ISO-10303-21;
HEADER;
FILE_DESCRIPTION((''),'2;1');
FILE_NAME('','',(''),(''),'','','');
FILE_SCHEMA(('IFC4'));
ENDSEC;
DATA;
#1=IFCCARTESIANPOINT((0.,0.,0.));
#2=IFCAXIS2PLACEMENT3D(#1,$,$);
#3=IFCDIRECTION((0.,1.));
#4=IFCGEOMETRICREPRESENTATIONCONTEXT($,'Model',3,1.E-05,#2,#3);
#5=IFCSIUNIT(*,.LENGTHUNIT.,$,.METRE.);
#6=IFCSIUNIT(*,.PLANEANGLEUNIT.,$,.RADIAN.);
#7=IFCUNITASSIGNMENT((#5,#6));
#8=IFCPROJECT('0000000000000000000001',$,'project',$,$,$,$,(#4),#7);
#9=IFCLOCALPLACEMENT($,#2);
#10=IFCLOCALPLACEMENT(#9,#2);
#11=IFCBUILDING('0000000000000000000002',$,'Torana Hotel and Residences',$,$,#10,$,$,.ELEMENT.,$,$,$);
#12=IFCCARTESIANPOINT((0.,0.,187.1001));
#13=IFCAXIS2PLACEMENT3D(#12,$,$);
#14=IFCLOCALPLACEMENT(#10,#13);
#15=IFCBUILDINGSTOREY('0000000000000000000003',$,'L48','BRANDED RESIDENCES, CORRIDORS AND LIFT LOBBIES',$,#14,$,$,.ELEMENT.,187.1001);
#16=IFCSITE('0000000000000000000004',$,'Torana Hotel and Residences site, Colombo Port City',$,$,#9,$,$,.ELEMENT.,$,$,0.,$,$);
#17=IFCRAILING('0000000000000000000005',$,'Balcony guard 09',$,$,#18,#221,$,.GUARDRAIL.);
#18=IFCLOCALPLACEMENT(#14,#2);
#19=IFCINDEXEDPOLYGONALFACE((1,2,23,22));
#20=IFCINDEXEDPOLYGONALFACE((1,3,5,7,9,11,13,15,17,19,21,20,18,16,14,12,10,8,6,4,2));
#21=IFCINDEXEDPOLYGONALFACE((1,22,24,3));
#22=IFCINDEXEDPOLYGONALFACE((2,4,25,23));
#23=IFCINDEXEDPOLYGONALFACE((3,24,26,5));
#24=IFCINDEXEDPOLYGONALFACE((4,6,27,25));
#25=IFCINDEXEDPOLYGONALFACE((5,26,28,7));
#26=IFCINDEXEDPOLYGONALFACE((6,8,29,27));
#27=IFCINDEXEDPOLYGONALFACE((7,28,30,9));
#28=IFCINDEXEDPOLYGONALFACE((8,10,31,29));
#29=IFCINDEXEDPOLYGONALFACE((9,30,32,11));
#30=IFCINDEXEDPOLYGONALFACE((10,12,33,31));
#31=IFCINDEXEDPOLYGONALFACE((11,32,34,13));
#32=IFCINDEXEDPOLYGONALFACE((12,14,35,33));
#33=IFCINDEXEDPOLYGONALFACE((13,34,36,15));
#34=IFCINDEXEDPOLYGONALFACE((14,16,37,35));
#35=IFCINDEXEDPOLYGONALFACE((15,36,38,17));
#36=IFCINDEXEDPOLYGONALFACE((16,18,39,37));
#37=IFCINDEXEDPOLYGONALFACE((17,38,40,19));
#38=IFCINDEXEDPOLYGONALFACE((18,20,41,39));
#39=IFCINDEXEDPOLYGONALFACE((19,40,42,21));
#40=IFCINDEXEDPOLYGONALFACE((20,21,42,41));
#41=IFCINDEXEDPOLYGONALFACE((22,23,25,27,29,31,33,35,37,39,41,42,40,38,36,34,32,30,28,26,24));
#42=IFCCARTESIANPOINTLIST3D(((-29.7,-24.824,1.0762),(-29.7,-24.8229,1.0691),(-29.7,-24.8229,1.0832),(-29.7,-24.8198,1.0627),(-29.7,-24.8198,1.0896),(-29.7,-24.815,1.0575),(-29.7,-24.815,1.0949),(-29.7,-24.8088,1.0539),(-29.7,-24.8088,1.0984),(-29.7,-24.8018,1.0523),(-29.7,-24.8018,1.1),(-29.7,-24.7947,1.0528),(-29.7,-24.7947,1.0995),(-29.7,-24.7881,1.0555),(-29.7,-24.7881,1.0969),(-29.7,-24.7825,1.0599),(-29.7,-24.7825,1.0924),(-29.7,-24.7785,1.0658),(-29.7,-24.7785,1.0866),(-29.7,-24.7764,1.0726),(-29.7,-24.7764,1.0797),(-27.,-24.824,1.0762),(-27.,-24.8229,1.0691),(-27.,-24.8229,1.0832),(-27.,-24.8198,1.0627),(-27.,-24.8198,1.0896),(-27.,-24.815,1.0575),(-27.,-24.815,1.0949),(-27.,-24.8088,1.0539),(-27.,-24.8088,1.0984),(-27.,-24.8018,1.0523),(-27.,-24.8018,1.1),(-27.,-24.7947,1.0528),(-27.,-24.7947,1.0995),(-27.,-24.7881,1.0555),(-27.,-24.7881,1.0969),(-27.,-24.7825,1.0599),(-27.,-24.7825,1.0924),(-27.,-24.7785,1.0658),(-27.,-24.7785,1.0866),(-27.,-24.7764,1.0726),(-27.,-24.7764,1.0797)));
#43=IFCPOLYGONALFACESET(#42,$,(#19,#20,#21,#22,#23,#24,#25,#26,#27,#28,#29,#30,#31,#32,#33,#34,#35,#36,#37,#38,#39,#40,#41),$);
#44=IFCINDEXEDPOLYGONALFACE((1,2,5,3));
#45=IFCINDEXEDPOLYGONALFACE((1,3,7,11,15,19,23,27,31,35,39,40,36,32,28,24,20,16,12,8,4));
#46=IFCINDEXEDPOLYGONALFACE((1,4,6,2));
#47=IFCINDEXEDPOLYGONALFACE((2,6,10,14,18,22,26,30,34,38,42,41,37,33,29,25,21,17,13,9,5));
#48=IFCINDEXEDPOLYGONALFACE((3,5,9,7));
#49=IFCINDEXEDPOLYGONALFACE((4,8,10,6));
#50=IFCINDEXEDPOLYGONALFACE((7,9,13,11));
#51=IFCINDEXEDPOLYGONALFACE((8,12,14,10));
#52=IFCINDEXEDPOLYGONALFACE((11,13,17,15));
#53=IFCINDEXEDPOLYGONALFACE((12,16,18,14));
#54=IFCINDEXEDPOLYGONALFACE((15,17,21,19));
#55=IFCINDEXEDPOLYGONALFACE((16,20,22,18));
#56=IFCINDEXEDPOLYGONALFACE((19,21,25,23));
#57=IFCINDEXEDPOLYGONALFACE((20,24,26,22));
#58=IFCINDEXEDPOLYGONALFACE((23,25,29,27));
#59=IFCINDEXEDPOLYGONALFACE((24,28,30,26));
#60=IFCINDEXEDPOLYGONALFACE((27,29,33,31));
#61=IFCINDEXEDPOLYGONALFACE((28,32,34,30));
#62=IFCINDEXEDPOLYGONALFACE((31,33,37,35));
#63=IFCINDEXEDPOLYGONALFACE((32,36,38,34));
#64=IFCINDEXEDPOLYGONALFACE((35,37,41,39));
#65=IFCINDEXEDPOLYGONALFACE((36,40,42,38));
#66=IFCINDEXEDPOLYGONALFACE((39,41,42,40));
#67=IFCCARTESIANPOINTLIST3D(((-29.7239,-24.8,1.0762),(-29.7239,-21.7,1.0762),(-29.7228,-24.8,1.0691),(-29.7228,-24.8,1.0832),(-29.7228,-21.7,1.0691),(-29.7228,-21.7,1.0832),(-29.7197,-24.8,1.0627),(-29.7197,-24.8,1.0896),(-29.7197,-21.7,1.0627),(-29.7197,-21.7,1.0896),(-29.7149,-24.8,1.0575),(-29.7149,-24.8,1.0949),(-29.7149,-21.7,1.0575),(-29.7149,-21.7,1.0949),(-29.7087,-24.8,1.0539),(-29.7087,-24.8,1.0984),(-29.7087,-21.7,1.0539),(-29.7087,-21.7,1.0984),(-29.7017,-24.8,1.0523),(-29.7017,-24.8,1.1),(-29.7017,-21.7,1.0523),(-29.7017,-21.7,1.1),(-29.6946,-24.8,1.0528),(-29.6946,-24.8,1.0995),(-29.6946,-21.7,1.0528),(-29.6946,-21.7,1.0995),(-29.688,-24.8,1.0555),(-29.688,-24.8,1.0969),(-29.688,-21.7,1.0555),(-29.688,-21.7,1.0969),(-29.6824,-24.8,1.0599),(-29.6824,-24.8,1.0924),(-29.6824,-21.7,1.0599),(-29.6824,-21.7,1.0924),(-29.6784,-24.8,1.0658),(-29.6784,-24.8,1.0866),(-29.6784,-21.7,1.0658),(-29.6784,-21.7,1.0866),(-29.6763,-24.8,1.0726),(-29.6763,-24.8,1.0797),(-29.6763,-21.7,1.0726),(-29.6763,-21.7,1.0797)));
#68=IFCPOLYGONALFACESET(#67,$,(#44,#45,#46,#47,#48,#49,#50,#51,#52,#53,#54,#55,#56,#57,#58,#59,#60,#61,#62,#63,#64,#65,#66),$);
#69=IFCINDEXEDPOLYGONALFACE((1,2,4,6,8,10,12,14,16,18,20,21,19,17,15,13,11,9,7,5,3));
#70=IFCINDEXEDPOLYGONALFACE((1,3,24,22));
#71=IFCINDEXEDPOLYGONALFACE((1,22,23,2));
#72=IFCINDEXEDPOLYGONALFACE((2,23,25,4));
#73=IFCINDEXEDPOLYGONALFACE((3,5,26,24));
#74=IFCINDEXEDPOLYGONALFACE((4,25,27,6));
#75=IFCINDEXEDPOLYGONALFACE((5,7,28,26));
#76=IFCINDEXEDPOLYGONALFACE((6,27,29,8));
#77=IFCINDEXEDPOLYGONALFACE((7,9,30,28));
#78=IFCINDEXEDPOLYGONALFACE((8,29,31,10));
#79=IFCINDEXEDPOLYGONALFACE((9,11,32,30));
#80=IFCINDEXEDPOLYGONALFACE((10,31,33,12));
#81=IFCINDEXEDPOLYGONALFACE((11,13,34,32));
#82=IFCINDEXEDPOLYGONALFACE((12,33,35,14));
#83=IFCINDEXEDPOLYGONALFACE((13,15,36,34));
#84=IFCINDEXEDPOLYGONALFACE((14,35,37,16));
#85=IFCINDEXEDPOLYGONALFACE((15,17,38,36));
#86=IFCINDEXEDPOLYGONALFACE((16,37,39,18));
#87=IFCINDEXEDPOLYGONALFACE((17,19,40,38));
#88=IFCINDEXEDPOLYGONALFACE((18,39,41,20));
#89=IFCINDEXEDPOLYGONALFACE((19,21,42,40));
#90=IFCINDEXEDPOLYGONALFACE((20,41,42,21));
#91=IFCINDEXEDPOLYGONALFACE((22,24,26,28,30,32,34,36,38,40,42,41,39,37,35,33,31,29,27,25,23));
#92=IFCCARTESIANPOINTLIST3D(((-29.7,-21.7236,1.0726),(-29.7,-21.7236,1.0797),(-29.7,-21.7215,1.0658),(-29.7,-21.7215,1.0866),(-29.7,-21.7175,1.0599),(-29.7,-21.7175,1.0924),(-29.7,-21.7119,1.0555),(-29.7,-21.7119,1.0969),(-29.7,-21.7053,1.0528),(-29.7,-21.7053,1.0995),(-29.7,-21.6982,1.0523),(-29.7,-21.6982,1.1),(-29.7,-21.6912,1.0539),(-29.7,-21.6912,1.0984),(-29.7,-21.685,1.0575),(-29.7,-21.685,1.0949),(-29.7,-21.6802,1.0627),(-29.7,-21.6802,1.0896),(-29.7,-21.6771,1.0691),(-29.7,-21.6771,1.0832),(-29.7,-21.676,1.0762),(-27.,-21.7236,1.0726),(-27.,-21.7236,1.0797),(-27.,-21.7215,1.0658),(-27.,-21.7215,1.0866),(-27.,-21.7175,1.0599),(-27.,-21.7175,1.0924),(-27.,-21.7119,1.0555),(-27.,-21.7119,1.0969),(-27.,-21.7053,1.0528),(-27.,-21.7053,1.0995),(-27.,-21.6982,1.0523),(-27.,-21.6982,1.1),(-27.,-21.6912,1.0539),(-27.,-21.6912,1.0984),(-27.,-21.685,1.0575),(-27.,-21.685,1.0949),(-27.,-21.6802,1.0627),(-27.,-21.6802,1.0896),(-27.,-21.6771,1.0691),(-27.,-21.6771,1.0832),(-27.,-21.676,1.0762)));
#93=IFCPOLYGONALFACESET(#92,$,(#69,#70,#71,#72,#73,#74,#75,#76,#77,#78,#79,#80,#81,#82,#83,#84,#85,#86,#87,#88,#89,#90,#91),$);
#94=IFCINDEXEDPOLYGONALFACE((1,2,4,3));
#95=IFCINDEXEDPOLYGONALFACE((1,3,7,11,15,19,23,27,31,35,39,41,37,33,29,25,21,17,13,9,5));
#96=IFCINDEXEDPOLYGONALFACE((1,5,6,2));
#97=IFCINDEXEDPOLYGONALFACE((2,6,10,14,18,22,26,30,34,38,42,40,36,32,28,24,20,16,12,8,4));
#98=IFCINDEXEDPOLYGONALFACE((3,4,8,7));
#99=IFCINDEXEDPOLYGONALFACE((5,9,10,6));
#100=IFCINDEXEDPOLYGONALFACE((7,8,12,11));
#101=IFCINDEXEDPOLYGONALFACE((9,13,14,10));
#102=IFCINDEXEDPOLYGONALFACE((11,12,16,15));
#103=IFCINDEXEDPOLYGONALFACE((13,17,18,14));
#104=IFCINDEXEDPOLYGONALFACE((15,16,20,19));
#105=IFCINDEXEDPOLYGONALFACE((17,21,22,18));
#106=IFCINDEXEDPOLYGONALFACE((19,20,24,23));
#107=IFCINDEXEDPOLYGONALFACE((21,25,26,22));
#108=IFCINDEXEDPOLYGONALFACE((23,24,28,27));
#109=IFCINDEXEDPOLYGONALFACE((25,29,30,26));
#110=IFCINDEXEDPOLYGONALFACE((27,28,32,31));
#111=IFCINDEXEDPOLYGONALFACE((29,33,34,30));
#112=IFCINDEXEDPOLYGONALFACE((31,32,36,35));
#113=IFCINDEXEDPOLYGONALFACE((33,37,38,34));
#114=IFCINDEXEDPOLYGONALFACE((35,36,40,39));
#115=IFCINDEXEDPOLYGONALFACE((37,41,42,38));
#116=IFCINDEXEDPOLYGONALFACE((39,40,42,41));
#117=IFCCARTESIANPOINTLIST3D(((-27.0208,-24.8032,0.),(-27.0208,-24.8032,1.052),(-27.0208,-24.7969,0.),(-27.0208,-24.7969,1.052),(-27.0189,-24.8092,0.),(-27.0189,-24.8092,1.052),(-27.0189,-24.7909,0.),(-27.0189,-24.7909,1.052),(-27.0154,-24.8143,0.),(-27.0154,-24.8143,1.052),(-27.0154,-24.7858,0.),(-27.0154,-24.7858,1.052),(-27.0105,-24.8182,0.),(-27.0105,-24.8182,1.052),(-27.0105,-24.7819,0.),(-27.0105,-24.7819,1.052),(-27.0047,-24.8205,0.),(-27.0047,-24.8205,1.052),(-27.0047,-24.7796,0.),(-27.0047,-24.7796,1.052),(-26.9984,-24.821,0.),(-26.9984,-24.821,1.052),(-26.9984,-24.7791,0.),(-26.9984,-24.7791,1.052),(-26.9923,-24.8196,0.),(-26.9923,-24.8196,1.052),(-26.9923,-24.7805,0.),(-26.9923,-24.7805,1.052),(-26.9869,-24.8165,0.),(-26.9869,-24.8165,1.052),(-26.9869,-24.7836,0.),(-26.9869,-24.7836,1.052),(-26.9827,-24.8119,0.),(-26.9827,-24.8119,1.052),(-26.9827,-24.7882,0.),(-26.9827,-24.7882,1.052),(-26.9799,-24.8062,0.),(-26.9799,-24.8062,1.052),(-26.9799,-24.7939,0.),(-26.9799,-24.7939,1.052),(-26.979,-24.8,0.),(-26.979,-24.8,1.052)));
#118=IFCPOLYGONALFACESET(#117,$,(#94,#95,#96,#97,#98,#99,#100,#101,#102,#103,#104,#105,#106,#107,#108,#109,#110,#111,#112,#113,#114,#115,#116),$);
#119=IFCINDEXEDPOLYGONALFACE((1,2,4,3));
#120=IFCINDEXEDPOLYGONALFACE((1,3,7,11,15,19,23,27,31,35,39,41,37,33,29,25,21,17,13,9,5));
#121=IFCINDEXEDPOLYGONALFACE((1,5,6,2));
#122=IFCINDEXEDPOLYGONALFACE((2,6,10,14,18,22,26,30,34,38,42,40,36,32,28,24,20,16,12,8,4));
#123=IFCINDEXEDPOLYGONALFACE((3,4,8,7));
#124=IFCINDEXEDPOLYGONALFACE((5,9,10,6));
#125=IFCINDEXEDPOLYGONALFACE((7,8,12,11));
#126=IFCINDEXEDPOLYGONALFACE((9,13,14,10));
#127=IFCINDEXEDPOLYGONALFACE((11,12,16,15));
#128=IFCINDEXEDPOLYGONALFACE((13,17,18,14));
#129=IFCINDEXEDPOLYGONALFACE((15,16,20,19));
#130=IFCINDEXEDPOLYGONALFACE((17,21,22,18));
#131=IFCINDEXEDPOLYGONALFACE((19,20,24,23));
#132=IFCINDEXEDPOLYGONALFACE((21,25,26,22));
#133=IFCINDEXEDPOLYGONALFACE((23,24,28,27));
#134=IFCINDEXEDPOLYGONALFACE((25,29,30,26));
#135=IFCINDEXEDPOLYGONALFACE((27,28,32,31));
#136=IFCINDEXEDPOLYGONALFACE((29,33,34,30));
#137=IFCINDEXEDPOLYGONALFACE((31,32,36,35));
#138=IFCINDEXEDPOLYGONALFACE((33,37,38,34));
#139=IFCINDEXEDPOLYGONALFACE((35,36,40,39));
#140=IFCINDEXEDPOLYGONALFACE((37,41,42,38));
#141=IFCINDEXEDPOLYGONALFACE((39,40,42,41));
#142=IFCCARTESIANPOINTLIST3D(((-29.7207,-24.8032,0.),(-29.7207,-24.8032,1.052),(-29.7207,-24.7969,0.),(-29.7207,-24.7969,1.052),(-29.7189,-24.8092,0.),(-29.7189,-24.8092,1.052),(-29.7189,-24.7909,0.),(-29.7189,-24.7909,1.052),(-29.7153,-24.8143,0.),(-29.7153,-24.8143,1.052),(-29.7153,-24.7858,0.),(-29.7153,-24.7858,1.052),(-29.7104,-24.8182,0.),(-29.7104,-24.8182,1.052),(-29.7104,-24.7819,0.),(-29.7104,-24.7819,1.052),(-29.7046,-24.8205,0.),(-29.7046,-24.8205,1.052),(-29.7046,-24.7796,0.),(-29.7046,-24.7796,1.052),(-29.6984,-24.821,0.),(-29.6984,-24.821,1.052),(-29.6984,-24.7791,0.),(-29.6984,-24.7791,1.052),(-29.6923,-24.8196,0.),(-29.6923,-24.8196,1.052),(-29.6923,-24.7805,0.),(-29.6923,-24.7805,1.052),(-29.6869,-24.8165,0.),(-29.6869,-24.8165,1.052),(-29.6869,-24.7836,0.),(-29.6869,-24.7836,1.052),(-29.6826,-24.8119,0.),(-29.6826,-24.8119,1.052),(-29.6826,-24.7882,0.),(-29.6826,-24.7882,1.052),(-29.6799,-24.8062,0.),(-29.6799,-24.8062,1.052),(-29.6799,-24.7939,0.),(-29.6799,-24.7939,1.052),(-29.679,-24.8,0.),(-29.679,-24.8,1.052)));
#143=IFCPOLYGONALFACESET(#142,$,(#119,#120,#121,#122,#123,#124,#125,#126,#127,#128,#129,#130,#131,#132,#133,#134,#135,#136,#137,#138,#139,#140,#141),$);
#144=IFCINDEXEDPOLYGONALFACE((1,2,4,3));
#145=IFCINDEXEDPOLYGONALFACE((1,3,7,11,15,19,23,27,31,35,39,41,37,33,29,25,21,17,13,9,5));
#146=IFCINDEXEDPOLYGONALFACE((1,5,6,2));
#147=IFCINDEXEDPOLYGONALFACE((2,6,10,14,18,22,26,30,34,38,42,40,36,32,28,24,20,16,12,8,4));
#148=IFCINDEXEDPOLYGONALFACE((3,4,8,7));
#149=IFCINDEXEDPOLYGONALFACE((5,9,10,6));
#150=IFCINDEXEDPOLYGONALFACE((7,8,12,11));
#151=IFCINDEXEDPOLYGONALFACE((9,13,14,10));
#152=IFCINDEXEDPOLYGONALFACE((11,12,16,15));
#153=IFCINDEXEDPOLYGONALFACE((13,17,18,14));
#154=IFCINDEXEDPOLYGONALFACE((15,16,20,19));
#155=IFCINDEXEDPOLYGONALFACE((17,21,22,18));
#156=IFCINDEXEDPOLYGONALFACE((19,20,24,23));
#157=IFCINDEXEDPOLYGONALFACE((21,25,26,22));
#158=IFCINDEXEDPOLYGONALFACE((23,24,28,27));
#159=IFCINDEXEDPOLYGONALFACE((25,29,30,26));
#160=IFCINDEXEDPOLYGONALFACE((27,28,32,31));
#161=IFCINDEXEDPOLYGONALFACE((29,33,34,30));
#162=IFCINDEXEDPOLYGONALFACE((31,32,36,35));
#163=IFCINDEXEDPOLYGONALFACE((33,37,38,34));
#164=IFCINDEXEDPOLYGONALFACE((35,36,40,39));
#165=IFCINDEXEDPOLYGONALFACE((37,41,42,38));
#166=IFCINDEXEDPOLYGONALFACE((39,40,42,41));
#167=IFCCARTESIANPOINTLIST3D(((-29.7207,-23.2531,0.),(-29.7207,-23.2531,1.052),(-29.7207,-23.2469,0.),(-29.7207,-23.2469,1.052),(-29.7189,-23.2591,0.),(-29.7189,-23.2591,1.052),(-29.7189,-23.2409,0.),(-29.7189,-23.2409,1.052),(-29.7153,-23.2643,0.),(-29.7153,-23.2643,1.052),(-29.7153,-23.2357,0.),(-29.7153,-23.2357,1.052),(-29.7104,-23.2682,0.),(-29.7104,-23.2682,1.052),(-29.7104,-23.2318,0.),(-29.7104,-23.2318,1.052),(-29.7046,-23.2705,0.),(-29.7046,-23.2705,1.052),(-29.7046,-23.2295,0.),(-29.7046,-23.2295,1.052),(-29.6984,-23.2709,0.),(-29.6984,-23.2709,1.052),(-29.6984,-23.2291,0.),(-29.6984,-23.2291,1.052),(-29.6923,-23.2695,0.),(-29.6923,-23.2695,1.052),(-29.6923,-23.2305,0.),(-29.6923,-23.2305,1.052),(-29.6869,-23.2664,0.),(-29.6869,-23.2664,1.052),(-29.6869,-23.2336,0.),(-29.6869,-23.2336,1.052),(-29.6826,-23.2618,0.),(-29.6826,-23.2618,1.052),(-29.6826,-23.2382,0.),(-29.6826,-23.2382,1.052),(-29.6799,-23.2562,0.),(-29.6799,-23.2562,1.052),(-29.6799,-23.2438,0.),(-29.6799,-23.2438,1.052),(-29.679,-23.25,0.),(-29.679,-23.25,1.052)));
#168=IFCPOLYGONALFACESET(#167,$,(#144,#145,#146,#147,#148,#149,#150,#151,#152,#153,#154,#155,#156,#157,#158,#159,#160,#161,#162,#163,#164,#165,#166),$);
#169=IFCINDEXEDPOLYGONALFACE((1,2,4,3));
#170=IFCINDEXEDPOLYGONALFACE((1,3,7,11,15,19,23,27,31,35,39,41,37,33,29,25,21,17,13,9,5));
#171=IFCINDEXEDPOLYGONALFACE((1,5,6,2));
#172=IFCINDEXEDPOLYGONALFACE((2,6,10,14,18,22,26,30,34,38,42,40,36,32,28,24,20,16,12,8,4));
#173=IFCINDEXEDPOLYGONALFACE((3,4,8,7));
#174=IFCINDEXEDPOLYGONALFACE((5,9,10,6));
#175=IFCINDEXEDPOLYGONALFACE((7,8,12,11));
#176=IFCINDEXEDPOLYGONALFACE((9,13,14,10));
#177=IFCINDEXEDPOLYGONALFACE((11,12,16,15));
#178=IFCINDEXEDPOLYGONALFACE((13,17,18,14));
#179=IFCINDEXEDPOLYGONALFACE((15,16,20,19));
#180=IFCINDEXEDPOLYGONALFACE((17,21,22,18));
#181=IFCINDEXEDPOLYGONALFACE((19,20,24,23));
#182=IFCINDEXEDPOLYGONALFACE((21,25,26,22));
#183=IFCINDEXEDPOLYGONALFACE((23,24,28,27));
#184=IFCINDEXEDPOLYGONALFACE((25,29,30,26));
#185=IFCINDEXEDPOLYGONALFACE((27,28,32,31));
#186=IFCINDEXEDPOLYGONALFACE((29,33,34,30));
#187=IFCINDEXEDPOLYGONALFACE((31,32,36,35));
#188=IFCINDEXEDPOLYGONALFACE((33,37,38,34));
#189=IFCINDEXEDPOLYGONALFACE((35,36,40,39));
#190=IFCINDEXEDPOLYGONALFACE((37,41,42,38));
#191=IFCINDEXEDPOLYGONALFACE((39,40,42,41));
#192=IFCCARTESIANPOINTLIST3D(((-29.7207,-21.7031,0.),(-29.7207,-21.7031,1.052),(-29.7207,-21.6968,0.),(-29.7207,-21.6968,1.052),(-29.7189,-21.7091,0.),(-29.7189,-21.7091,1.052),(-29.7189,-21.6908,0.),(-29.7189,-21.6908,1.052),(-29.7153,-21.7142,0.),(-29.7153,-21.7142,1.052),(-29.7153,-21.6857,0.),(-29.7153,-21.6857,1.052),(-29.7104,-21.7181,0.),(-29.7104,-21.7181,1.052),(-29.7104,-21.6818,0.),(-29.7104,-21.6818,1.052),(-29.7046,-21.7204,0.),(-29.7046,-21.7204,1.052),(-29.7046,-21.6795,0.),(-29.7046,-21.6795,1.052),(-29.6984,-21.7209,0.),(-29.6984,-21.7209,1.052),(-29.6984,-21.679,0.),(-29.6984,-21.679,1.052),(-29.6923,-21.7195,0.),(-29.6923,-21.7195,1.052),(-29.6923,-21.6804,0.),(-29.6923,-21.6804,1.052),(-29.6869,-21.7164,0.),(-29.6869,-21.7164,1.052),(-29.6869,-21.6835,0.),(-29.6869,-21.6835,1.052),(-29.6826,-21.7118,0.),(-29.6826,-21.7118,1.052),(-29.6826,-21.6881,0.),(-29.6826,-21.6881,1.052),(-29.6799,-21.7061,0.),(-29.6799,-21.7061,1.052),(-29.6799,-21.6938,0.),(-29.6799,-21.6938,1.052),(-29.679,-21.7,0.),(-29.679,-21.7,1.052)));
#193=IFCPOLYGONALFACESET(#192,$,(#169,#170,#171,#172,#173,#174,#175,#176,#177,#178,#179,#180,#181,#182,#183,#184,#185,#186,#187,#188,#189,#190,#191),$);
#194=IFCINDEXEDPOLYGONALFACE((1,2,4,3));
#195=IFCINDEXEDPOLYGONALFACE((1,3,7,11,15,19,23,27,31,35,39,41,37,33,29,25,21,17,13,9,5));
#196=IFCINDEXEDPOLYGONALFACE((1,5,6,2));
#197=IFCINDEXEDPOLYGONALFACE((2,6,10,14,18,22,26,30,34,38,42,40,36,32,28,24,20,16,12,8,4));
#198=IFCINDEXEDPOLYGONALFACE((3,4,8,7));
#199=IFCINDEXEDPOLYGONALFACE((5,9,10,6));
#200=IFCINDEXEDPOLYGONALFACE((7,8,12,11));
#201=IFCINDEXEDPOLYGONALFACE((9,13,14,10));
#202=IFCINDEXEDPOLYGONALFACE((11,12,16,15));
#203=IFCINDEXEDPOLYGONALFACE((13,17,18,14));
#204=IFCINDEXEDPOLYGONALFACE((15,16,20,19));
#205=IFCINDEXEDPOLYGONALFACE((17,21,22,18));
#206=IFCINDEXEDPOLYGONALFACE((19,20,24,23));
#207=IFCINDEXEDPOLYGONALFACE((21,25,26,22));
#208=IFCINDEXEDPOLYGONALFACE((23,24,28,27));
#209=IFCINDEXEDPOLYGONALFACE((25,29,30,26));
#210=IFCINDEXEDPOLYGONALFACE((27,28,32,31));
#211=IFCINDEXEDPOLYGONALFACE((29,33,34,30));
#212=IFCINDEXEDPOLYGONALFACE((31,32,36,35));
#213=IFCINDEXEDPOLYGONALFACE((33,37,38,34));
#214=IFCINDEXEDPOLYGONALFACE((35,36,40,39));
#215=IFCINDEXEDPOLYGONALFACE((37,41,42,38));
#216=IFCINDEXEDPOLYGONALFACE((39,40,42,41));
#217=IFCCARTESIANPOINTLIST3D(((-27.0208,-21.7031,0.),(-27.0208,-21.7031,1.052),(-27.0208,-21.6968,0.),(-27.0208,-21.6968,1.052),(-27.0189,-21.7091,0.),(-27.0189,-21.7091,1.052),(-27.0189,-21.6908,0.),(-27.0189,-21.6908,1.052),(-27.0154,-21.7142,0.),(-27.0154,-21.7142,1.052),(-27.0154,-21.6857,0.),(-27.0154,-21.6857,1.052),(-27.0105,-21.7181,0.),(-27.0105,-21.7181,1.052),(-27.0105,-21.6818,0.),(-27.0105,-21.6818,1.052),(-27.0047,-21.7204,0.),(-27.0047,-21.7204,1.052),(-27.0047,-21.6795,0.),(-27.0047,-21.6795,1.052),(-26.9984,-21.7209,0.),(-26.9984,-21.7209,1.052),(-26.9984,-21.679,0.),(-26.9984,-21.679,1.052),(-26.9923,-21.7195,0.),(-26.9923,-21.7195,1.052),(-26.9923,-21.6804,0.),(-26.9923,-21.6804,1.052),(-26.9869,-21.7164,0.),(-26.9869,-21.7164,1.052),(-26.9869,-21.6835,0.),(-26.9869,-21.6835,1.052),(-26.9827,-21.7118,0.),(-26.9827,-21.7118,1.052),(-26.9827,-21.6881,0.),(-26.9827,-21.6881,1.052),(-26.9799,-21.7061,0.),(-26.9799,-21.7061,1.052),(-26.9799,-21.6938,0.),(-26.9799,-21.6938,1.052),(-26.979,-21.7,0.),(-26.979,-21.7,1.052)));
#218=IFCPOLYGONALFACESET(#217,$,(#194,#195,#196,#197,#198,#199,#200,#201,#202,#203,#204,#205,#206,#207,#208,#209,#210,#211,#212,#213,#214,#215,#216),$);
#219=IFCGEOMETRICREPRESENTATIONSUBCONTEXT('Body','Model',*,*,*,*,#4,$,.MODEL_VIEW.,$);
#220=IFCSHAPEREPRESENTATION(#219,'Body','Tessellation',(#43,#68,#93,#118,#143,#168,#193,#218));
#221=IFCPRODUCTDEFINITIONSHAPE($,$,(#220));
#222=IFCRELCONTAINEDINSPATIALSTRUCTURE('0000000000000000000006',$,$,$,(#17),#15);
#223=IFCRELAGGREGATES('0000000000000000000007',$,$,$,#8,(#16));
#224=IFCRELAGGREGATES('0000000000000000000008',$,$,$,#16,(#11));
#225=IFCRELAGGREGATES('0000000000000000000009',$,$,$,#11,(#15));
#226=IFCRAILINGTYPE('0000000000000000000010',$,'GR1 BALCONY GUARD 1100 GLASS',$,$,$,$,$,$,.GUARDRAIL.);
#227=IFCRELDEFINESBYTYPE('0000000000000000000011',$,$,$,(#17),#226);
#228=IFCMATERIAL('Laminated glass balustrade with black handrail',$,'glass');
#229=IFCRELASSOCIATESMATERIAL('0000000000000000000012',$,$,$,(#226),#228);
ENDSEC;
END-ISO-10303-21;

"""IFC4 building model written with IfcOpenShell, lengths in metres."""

from ifc_helpers import new_model, si_unit, direction, frame, origin, origin_2d, place, context, subcontext, project, spatial, circle, extrude, material, type_object, element, save


model = new_model("IFC4")

# Units and contexts
model_context = context("Model", 3, precision=1e-05, world=origin(), true_north=direction((0.0, 1.0)))
body_context = subcontext(model_context, "Body", "Model", "MODEL_VIEW")
ifc_project = project(units=[si_unit("LENGTHUNIT", "METRE"), si_unit("PLANEANGLEUNIT", "RADIAN")], contexts=[model_context])

# Site, building, storey
site_placement = place(None, origin())
site = spatial("IfcSite", under=ifc_project, at=site_placement, Name="Torana Hotel and Residences site, Colombo Port City", CompositionType="ELEMENT", RefElevation=0.0)
building_placement = place(site_placement, origin())
building = spatial("IfcBuilding", under=site, at=building_placement, Name="Torana Hotel and Residences", CompositionType="ELEMENT")
storey_placement = place(building_placement, frame((0.0, 0.0, 187.1001)))
storey = spatial("IfcBuildingStorey", under=building, at=storey_placement, Name="L48", Description="BRANDED RESIDENCES, CORRIDORS AND LIFT LOBBIES", CompositionType="ELEMENT", Elevation=187.1001)

# Railing
ifc_material_1 = material(Name="Laminated glass balustrade with black handrail", Category="glass")
railing_type = type_object("IfcRailingType", Name="GR1 BALCONY GUARD 1100 GLASS", PredefinedType="GUARDRAIL", material=ifc_material_1)
railing_placement = place(storey_placement, frame((-27.0, -24.8, 0.0)))
element("IfcRailing", 1, at=railing_placement, inside=storey, type_object=railing_type, Name="Balcony guard 09", PredefinedType="GUARDRAIL", context=body_context, shape_type="SweptSolid", body=[
    extrude(circle(Radius=0.0239, at=origin_2d()), frame((0.0, 0.0, 1.0762), z_axis=(-1.0, 0.0, 0.0), x_axis=(0.0, -1.0, 0.0)), (0.0, 0.0, 1.0), 2.7),
    extrude(circle(Radius=0.0239, at=origin_2d()), frame((-2.7, 0.0, 1.0762), z_axis=(0.0, 1.0, 0.0), x_axis=(-1.0, 0.0, 0.0)), (0.0, 0.0, 1.0), 3.1001),
    extrude(circle(Radius=0.0239, at=origin_2d()), frame((-2.7, 3.1001, 1.0762), z_axis=(1.0, 0.0, 0.0), x_axis=(0.0, 1.0, 0.0)), (0.0, 0.0, 1.0), 2.7),
    extrude(circle(Radius=0.021, at=origin_2d()), origin(), (0.0, 0.0, 1.0), 1.052),
    extrude(circle(Radius=0.021, at=origin_2d()), frame((-2.7, 0.0, 0.0)), (0.0, 0.0, 1.0), 1.052),
    extrude(circle(Radius=0.021, at=origin_2d()), frame((-2.7, 1.55, 0.0)), (0.0, 0.0, 1.0), 1.052),
    extrude(circle(Radius=0.021, at=origin_2d()), frame((-2.7, 3.1001, 0.0)), (0.0, 0.0, 1.0), 1.052),
    extrude(circle(Radius=0.021, at=origin_2d()), frame((0.0, 3.1001, 0.0)), (0.0, 0.0, 1.0), 1.052),
])

save(model, "model.ifc")
